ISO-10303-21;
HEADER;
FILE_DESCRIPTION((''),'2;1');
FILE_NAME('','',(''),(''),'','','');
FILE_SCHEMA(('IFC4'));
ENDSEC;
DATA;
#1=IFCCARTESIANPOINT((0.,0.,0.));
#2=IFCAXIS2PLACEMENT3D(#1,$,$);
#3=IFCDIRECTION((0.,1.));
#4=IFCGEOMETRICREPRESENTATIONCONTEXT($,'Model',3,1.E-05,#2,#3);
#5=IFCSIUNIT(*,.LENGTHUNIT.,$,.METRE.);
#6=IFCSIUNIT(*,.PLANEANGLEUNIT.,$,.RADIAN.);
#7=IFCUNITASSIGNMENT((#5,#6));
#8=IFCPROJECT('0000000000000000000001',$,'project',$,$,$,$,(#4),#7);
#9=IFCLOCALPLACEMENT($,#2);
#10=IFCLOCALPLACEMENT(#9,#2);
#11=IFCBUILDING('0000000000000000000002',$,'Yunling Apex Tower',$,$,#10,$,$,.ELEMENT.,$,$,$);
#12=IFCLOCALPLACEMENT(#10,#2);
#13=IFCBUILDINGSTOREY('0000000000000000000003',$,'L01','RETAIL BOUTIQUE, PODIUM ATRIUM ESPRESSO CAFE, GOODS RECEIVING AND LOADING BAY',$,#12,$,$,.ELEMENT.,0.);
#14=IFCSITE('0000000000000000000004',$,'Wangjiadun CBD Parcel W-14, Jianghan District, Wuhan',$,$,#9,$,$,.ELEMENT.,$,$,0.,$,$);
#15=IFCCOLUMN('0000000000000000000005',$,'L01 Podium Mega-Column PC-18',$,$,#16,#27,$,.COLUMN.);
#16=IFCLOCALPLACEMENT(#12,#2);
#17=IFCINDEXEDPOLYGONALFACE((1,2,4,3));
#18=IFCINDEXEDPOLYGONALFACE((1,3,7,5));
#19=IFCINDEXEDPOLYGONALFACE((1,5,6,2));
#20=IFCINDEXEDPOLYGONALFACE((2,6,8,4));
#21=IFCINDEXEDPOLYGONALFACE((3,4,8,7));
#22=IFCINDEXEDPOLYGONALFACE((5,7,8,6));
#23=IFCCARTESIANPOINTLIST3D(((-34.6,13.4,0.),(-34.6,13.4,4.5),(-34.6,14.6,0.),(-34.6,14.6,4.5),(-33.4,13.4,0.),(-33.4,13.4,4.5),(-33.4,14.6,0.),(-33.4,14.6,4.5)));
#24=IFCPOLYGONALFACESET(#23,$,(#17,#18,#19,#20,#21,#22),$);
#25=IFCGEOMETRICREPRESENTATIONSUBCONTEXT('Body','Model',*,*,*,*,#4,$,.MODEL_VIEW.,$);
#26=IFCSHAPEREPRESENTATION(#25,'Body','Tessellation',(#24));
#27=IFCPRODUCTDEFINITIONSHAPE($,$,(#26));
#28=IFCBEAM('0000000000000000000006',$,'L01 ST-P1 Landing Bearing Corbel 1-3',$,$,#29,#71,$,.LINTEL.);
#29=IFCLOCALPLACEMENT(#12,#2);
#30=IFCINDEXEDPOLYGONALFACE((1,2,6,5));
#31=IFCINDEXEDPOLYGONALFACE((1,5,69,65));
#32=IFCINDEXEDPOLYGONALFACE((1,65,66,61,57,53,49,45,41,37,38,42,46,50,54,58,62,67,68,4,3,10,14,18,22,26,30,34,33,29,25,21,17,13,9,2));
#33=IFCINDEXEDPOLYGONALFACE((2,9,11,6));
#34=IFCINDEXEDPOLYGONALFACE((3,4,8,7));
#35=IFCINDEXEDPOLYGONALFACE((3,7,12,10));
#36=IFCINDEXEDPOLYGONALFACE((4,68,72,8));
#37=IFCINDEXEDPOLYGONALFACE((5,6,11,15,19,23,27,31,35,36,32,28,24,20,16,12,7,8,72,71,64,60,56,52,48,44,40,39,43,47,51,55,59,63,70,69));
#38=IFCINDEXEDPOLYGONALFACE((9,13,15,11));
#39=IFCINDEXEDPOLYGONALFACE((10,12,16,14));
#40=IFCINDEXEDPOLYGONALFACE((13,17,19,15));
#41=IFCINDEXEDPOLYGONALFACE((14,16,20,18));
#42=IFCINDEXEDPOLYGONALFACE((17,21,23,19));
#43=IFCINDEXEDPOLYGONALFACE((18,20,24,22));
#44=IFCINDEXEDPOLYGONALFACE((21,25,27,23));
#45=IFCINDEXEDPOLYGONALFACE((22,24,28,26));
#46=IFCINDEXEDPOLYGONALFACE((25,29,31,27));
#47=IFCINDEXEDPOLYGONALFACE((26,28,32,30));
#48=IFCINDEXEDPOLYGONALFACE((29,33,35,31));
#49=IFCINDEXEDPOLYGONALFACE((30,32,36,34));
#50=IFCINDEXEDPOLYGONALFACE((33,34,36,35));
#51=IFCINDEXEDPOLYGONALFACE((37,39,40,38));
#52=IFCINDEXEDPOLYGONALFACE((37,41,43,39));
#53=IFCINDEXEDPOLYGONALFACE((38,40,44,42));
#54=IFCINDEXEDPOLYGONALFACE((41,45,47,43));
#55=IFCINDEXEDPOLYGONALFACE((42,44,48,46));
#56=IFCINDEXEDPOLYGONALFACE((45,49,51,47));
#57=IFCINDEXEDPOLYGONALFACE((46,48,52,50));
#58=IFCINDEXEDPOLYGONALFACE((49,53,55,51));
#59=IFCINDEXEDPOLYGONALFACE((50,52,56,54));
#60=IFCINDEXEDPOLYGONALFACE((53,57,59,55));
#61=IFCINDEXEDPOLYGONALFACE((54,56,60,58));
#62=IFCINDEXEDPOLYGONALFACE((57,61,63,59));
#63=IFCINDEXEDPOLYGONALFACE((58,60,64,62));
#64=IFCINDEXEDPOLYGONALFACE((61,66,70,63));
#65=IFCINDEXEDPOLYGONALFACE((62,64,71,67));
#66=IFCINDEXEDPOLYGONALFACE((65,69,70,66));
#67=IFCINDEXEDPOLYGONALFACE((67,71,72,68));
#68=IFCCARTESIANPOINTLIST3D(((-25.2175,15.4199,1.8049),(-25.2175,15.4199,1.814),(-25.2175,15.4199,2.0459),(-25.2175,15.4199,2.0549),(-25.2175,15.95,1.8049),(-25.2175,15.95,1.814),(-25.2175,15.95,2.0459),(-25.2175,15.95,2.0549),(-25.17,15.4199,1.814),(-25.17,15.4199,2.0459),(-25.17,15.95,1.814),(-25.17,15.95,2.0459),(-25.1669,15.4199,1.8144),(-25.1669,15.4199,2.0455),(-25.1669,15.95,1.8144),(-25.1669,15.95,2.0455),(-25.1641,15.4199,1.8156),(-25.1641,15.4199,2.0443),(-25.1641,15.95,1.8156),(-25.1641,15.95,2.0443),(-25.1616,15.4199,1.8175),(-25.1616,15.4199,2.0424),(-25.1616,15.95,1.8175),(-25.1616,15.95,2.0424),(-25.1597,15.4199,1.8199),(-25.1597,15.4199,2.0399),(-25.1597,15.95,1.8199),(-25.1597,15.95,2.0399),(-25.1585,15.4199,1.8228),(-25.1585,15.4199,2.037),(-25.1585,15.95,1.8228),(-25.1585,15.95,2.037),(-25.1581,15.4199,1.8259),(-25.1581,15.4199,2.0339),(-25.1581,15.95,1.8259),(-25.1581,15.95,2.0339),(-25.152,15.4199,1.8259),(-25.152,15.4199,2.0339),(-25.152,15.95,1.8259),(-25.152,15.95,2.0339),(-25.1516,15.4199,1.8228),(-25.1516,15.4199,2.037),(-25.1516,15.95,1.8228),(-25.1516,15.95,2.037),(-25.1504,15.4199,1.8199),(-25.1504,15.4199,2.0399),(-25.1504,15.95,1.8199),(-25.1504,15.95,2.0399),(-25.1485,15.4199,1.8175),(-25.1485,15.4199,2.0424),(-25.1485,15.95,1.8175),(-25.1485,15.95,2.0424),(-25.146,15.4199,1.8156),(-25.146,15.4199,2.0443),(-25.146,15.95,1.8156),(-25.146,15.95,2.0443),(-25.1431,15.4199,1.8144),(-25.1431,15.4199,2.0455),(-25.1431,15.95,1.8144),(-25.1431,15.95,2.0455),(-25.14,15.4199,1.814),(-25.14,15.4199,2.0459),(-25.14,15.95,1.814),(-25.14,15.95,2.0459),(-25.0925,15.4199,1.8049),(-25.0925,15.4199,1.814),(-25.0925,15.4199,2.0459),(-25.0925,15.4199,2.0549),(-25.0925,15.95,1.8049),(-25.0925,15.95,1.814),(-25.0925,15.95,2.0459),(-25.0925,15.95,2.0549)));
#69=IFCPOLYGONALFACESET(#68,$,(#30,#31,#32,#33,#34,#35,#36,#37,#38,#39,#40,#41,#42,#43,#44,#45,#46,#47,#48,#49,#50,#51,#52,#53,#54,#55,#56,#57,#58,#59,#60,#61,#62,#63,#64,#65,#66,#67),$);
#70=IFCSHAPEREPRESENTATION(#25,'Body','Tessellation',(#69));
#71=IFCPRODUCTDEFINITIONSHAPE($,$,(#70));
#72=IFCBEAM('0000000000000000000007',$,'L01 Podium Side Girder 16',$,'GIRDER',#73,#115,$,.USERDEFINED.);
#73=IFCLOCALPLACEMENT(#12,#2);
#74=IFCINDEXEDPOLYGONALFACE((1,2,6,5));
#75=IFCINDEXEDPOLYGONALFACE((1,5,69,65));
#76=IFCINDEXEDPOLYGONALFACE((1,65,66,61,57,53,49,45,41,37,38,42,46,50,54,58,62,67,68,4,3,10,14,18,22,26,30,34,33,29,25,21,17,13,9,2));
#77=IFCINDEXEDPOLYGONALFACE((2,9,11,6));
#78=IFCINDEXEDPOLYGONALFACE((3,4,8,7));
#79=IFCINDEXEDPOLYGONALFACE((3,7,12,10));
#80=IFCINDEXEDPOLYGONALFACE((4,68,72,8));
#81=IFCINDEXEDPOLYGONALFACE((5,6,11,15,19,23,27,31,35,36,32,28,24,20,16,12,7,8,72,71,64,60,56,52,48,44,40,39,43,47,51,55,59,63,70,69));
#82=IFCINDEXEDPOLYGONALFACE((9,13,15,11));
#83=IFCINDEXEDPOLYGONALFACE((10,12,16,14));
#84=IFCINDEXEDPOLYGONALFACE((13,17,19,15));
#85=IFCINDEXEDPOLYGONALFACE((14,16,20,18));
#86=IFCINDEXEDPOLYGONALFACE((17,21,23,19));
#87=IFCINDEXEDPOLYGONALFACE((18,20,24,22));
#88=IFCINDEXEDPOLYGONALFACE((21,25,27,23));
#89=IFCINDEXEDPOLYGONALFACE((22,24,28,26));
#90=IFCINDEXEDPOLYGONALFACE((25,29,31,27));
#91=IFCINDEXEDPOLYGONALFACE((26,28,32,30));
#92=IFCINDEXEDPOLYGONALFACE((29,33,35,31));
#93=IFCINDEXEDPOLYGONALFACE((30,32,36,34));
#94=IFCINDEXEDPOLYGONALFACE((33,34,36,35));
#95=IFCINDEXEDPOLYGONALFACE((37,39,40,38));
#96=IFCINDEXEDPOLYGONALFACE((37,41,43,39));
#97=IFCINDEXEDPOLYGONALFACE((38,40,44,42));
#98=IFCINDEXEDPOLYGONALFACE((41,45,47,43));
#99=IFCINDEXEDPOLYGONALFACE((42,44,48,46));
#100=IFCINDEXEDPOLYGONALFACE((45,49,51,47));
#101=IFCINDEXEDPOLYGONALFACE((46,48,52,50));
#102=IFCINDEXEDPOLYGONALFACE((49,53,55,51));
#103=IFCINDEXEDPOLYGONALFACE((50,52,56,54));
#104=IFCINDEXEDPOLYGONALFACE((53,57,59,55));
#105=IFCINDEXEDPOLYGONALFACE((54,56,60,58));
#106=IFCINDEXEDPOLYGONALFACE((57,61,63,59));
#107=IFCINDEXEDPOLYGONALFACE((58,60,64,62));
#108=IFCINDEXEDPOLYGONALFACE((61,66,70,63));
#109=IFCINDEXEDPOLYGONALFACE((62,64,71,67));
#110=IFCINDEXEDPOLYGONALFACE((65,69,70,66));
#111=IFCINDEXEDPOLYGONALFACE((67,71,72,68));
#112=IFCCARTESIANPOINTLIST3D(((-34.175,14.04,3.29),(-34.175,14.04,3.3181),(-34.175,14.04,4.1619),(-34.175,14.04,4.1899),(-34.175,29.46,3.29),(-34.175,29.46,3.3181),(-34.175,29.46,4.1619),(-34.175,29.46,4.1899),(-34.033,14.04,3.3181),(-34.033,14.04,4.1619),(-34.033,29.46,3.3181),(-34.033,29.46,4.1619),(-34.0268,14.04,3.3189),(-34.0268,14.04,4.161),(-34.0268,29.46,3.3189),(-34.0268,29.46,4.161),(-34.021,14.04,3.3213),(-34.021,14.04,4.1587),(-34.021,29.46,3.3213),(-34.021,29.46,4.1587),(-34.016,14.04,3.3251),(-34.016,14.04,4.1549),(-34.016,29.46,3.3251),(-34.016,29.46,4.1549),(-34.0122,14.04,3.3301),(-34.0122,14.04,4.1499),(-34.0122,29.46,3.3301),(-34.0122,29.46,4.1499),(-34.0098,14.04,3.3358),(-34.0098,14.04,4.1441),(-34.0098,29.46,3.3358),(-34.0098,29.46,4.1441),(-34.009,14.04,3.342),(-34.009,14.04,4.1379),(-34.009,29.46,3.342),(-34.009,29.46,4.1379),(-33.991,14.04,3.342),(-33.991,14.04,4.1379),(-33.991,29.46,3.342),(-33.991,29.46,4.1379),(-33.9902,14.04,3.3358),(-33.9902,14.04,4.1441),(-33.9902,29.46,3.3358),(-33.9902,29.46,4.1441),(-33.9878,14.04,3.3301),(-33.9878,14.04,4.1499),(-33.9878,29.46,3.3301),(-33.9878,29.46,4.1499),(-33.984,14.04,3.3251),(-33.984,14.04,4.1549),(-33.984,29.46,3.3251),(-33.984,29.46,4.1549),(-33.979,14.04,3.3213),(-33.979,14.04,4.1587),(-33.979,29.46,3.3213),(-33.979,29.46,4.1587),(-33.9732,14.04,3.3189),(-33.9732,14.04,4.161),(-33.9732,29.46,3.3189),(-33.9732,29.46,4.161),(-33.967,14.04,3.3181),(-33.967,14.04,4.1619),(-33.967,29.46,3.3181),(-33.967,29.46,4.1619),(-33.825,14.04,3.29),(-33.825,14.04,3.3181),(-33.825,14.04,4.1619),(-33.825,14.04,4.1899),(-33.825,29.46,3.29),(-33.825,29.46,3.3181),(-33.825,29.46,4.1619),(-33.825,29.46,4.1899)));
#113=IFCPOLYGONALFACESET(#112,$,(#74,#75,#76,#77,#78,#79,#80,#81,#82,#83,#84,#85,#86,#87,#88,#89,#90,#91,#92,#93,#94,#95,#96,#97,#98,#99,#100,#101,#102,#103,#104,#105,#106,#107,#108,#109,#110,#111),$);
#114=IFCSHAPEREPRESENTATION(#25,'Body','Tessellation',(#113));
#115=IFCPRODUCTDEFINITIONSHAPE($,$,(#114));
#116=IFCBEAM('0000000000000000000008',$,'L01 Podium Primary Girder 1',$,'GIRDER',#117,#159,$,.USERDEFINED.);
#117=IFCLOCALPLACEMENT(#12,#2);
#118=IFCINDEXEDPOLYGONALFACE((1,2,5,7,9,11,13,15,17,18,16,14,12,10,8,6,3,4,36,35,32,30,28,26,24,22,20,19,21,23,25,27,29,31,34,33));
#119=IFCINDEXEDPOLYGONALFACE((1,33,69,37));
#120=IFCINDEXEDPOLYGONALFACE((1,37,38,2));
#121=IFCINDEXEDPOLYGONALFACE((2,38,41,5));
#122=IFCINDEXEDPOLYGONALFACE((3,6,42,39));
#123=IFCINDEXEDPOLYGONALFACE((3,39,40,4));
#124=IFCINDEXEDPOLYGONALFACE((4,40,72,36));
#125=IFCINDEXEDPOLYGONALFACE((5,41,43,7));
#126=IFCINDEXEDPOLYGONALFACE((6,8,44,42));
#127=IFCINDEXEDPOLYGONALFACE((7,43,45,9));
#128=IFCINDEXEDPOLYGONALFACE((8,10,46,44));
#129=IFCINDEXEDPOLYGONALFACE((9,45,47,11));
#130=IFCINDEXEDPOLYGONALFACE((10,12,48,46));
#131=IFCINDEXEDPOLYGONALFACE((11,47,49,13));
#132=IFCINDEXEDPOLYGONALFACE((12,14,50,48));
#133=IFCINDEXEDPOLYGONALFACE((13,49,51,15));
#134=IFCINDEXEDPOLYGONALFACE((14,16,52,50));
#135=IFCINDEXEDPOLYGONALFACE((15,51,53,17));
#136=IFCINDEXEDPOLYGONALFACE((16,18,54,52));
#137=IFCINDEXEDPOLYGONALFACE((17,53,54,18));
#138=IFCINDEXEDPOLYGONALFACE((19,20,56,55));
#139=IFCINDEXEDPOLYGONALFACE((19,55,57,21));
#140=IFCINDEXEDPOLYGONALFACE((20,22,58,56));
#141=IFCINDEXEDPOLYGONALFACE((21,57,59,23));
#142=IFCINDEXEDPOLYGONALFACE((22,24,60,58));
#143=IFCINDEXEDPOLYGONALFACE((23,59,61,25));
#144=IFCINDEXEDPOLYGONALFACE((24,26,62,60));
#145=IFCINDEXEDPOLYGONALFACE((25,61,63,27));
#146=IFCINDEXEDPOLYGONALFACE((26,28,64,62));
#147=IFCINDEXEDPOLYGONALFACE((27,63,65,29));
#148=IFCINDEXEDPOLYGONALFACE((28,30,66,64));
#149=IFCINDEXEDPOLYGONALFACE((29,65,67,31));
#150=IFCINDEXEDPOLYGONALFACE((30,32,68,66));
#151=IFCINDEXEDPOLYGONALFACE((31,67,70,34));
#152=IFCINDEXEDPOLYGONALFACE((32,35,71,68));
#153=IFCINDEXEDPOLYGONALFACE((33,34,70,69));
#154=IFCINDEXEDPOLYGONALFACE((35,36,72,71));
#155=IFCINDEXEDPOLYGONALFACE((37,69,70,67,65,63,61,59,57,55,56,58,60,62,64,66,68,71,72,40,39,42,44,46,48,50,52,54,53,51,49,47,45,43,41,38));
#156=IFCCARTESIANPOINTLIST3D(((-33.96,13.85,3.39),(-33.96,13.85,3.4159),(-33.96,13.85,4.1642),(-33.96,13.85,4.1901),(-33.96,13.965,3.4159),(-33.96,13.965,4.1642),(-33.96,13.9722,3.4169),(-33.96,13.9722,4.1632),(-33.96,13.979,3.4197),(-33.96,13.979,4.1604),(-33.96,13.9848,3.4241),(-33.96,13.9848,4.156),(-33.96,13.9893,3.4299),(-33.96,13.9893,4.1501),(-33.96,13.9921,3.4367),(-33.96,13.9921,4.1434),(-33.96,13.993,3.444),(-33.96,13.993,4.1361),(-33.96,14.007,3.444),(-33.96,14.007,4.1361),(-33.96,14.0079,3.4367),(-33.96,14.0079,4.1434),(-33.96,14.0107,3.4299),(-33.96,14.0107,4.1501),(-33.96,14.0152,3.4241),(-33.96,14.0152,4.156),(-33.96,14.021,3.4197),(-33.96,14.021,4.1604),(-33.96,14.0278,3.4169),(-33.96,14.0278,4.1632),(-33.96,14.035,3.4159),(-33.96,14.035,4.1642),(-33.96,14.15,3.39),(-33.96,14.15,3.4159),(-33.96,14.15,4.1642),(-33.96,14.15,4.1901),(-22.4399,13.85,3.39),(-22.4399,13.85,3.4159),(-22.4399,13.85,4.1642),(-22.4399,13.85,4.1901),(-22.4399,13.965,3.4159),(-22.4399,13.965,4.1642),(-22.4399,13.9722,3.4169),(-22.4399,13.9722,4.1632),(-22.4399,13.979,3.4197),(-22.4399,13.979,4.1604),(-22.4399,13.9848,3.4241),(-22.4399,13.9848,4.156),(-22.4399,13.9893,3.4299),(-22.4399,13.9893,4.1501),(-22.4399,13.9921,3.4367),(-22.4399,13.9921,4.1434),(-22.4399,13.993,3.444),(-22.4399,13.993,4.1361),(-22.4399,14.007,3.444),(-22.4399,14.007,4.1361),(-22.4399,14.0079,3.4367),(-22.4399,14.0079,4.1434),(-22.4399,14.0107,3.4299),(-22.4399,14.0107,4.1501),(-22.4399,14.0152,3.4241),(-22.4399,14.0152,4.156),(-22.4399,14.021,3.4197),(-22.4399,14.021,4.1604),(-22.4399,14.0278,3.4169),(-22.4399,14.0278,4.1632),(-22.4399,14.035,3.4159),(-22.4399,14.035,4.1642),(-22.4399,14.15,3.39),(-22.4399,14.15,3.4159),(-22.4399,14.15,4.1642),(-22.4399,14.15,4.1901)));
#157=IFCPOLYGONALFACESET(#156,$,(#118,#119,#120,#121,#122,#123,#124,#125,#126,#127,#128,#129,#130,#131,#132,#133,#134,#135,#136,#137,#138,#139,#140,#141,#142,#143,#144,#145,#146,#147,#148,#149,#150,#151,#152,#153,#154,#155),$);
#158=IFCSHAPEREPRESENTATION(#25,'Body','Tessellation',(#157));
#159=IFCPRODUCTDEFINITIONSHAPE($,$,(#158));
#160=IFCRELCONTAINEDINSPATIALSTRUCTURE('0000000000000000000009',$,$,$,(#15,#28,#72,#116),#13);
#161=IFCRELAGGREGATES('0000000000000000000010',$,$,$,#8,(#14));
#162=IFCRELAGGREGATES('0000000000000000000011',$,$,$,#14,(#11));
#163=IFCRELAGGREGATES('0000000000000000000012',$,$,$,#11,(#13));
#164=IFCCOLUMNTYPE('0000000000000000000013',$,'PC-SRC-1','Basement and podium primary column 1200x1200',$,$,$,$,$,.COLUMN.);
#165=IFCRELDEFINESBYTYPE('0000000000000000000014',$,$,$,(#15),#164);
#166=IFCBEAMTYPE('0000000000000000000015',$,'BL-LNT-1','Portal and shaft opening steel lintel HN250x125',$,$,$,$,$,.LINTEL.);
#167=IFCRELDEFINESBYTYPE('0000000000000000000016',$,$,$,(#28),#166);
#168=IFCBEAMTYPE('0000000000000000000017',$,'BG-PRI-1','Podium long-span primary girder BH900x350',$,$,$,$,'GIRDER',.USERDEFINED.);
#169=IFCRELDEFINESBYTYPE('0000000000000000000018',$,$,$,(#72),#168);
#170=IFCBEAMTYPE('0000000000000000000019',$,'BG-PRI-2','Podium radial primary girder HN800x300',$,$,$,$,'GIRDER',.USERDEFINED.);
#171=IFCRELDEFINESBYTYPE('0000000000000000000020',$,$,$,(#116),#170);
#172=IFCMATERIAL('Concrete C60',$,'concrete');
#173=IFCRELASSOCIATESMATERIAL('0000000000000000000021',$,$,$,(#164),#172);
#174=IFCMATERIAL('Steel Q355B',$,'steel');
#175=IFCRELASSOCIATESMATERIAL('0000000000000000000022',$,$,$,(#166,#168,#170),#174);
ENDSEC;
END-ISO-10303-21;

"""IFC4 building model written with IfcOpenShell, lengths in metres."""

from ifc_helpers import new_model, si_unit, direction, frame, origin, origin_2d, place, context, subcontext, project, spatial, rectangle, i_section, extrude, source, transform, mapped, material, material_profile, profile_set, type_object, element, save


model = new_model("IFC4")

# Units and contexts
model_context = context("Model", 3, precision=1e-05, world=origin(), true_north=direction((0.0, 1.0)))
body_context = subcontext(model_context, "Body", "Model", "MODEL_VIEW")
ifc_project = project(units=[si_unit("LENGTHUNIT", "METRE"), si_unit("PLANEANGLEUNIT", "RADIAN")], contexts=[model_context])

# Site, building, storey
site_placement = place(None, origin())
site = spatial("IfcSite", under=ifc_project, at=site_placement, Name="Wangjiadun CBD Parcel W-14, Jianghan District, Wuhan", CompositionType="ELEMENT", RefElevation=0.0)
building_placement = place(site_placement, origin())
building = spatial("IfcBuilding", under=site, at=building_placement, Name="Yunling Apex Tower", CompositionType="ELEMENT")
storey_placement = place(building_placement, origin())
storey = spatial("IfcBuildingStorey", under=building, at=storey_placement, Name="L01", Description="RETAIL BOUTIQUE, PODIUM ATRIUM ESPRESSO CAFE, GOODS RECEIVING AND LOADING BAY", CompositionType="ELEMENT", Elevation=0.0)

# Column
ifc_material_1 = material(Name="Concrete C60", Category="concrete")
ifc_material_profile_1 = material_profile(ifc_material_1, rectangle(XDim=1.2, YDim=1.2, at=origin_2d()))
ifc_profile_set_1 = profile_set([ifc_material_profile_1], Name="Concrete C60")
column_type = type_object("IfcColumnType", Name="PC-SRC-1", Description="Basement and podium primary column 1200x1200", PredefinedType="COLUMN", material=ifc_profile_set_1)
shared_shape_1 = source(origin(), body_context, "Body", "SweptSolid", [
    extrude(rectangle(XDim=1.2, YDim=1.2, at=origin_2d()), origin(), (0.0, 0.0, 1.0), 4.5),
])
column_placement = place(storey_placement, frame((-34.0, 14.0, 0.0), z_axis=(0.0, 0.0, 1.0), x_axis=(1.0, 0.0, 0.0)))
element("IfcColumn", 1, at=column_placement, inside=storey, type_object=column_type, Name="L01 Podium Mega-Column PC-18", PredefinedType="COLUMN", context=body_context, shape_type="MappedRepresentation", body=[
    mapped(shared_shape_1, transform((0.0, 0.0, 0.0), scale=1.0)),
])

# Beams
ifc_material_2 = material(Name="Steel Q355B", Category="steel")
ifc_material_profile_2 = material_profile(ifc_material_2, i_section(OverallWidth=0.125, OverallDepth=0.25, WebThickness=0.0061, FlangeThickness=0.009, FilletRadius=0.012, at=origin_2d()))
ifc_profile_set_2 = profile_set([ifc_material_profile_2], Name="Steel Q355B")
beam_type_1 = type_object("IfcBeamType", Name="BL-LNT-1", Description="Portal and shaft opening steel lintel HN250x125", PredefinedType="LINTEL", material=ifc_profile_set_2)
shared_shape_2 = source(origin(), body_context, "Body", "SweptSolid", [
    extrude(i_section(OverallWidth=0.125, OverallDepth=0.25, WebThickness=0.0061, FlangeThickness=0.009, FilletRadius=0.012, at=origin_2d()), origin(), (0.0, 0.0, 1.0), 0.53),
])
beam_1_placement = place(storey_placement, frame((-25.155, 15.4199, 1.9299), z_axis=(0.0, 1.0, 0.0), x_axis=(-1.0, 0.0, 0.0)))
element("IfcBeam", 2, at=beam_1_placement, inside=storey, type_object=beam_type_1, Name="L01 ST-P1 Landing Bearing Corbel 1-3", PredefinedType="LINTEL", context=body_context, shape_type="MappedRepresentation", body=[
    mapped(shared_shape_2, transform((0.0, 0.0, 0.0), scale=1.0)),
])
ifc_material_profile_3 = material_profile(ifc_material_2, i_section(OverallWidth=0.3501, OverallDepth=0.8999, WebThickness=0.0181, FlangeThickness=0.0281, FilletRadius=0.0239, at=origin_2d()))
ifc_profile_set_3 = profile_set([ifc_material_profile_3], Name="Steel Q355B")
beam_type_2 = type_object("IfcBeamType", Name="BG-PRI-1", Description="Podium long-span primary girder BH900x350", ElementType="GIRDER", PredefinedType="USERDEFINED", material=ifc_profile_set_3)
shared_shape_3 = source(origin(), body_context, "Body", "SweptSolid", [
    extrude(i_section(OverallWidth=0.3501, OverallDepth=0.8999, WebThickness=0.0181, FlangeThickness=0.0281, FilletRadius=0.0239, at=origin_2d()), origin(), (0.0, 0.0, 1.0), 15.4199),
])
beam_2_placement = place(storey_placement, frame((-34.0, 14.04, 3.74), z_axis=(0.0, 1.0, 0.0), x_axis=(-1.0, 0.0, 0.0)))
element("IfcBeam", 3, at=beam_2_placement, inside=storey, type_object=beam_type_2, Name="L01 Podium Side Girder 16", ObjectType="GIRDER", PredefinedType="USERDEFINED", context=body_context, shape_type="MappedRepresentation", body=[
    mapped(shared_shape_3, transform((0.0, 0.0, 0.0), scale=1.0)),
])
ifc_material_profile_4 = material_profile(ifc_material_2, i_section(OverallWidth=0.3, OverallDepth=0.8, WebThickness=0.0139, FlangeThickness=0.0259, FilletRadius=0.0281, at=origin_2d()))
ifc_profile_set_4 = profile_set([ifc_material_profile_4], Name="Steel Q355B")
beam_type_3 = type_object("IfcBeamType", Name="BG-PRI-2", Description="Podium radial primary girder HN800x300", ElementType="GIRDER", PredefinedType="USERDEFINED", material=ifc_profile_set_4)
shared_shape_4 = source(origin(), body_context, "Body", "SweptSolid", [
    extrude(i_section(OverallWidth=0.3, OverallDepth=0.8, WebThickness=0.0139, FlangeThickness=0.0259, FilletRadius=0.0281, at=origin_2d()), origin(), (0.0, 0.0, 1.0), 11.52),
])
beam_3_placement = place(storey_placement, frame((-33.96, 14.0, 3.79), z_axis=(1.0, 0.0, 0.0), x_axis=(0.0, 1.0, 0.0)))
element("IfcBeam", 4, at=beam_3_placement, inside=storey, type_object=beam_type_3, Name="L01 Podium Primary Girder 1", ObjectType="GIRDER", PredefinedType="USERDEFINED", context=body_context, shape_type="MappedRepresentation", body=[
    mapped(shared_shape_4, transform((0.0, 0.0, 0.0), scale=1.0)),
])

save(model, "model.ifc")
